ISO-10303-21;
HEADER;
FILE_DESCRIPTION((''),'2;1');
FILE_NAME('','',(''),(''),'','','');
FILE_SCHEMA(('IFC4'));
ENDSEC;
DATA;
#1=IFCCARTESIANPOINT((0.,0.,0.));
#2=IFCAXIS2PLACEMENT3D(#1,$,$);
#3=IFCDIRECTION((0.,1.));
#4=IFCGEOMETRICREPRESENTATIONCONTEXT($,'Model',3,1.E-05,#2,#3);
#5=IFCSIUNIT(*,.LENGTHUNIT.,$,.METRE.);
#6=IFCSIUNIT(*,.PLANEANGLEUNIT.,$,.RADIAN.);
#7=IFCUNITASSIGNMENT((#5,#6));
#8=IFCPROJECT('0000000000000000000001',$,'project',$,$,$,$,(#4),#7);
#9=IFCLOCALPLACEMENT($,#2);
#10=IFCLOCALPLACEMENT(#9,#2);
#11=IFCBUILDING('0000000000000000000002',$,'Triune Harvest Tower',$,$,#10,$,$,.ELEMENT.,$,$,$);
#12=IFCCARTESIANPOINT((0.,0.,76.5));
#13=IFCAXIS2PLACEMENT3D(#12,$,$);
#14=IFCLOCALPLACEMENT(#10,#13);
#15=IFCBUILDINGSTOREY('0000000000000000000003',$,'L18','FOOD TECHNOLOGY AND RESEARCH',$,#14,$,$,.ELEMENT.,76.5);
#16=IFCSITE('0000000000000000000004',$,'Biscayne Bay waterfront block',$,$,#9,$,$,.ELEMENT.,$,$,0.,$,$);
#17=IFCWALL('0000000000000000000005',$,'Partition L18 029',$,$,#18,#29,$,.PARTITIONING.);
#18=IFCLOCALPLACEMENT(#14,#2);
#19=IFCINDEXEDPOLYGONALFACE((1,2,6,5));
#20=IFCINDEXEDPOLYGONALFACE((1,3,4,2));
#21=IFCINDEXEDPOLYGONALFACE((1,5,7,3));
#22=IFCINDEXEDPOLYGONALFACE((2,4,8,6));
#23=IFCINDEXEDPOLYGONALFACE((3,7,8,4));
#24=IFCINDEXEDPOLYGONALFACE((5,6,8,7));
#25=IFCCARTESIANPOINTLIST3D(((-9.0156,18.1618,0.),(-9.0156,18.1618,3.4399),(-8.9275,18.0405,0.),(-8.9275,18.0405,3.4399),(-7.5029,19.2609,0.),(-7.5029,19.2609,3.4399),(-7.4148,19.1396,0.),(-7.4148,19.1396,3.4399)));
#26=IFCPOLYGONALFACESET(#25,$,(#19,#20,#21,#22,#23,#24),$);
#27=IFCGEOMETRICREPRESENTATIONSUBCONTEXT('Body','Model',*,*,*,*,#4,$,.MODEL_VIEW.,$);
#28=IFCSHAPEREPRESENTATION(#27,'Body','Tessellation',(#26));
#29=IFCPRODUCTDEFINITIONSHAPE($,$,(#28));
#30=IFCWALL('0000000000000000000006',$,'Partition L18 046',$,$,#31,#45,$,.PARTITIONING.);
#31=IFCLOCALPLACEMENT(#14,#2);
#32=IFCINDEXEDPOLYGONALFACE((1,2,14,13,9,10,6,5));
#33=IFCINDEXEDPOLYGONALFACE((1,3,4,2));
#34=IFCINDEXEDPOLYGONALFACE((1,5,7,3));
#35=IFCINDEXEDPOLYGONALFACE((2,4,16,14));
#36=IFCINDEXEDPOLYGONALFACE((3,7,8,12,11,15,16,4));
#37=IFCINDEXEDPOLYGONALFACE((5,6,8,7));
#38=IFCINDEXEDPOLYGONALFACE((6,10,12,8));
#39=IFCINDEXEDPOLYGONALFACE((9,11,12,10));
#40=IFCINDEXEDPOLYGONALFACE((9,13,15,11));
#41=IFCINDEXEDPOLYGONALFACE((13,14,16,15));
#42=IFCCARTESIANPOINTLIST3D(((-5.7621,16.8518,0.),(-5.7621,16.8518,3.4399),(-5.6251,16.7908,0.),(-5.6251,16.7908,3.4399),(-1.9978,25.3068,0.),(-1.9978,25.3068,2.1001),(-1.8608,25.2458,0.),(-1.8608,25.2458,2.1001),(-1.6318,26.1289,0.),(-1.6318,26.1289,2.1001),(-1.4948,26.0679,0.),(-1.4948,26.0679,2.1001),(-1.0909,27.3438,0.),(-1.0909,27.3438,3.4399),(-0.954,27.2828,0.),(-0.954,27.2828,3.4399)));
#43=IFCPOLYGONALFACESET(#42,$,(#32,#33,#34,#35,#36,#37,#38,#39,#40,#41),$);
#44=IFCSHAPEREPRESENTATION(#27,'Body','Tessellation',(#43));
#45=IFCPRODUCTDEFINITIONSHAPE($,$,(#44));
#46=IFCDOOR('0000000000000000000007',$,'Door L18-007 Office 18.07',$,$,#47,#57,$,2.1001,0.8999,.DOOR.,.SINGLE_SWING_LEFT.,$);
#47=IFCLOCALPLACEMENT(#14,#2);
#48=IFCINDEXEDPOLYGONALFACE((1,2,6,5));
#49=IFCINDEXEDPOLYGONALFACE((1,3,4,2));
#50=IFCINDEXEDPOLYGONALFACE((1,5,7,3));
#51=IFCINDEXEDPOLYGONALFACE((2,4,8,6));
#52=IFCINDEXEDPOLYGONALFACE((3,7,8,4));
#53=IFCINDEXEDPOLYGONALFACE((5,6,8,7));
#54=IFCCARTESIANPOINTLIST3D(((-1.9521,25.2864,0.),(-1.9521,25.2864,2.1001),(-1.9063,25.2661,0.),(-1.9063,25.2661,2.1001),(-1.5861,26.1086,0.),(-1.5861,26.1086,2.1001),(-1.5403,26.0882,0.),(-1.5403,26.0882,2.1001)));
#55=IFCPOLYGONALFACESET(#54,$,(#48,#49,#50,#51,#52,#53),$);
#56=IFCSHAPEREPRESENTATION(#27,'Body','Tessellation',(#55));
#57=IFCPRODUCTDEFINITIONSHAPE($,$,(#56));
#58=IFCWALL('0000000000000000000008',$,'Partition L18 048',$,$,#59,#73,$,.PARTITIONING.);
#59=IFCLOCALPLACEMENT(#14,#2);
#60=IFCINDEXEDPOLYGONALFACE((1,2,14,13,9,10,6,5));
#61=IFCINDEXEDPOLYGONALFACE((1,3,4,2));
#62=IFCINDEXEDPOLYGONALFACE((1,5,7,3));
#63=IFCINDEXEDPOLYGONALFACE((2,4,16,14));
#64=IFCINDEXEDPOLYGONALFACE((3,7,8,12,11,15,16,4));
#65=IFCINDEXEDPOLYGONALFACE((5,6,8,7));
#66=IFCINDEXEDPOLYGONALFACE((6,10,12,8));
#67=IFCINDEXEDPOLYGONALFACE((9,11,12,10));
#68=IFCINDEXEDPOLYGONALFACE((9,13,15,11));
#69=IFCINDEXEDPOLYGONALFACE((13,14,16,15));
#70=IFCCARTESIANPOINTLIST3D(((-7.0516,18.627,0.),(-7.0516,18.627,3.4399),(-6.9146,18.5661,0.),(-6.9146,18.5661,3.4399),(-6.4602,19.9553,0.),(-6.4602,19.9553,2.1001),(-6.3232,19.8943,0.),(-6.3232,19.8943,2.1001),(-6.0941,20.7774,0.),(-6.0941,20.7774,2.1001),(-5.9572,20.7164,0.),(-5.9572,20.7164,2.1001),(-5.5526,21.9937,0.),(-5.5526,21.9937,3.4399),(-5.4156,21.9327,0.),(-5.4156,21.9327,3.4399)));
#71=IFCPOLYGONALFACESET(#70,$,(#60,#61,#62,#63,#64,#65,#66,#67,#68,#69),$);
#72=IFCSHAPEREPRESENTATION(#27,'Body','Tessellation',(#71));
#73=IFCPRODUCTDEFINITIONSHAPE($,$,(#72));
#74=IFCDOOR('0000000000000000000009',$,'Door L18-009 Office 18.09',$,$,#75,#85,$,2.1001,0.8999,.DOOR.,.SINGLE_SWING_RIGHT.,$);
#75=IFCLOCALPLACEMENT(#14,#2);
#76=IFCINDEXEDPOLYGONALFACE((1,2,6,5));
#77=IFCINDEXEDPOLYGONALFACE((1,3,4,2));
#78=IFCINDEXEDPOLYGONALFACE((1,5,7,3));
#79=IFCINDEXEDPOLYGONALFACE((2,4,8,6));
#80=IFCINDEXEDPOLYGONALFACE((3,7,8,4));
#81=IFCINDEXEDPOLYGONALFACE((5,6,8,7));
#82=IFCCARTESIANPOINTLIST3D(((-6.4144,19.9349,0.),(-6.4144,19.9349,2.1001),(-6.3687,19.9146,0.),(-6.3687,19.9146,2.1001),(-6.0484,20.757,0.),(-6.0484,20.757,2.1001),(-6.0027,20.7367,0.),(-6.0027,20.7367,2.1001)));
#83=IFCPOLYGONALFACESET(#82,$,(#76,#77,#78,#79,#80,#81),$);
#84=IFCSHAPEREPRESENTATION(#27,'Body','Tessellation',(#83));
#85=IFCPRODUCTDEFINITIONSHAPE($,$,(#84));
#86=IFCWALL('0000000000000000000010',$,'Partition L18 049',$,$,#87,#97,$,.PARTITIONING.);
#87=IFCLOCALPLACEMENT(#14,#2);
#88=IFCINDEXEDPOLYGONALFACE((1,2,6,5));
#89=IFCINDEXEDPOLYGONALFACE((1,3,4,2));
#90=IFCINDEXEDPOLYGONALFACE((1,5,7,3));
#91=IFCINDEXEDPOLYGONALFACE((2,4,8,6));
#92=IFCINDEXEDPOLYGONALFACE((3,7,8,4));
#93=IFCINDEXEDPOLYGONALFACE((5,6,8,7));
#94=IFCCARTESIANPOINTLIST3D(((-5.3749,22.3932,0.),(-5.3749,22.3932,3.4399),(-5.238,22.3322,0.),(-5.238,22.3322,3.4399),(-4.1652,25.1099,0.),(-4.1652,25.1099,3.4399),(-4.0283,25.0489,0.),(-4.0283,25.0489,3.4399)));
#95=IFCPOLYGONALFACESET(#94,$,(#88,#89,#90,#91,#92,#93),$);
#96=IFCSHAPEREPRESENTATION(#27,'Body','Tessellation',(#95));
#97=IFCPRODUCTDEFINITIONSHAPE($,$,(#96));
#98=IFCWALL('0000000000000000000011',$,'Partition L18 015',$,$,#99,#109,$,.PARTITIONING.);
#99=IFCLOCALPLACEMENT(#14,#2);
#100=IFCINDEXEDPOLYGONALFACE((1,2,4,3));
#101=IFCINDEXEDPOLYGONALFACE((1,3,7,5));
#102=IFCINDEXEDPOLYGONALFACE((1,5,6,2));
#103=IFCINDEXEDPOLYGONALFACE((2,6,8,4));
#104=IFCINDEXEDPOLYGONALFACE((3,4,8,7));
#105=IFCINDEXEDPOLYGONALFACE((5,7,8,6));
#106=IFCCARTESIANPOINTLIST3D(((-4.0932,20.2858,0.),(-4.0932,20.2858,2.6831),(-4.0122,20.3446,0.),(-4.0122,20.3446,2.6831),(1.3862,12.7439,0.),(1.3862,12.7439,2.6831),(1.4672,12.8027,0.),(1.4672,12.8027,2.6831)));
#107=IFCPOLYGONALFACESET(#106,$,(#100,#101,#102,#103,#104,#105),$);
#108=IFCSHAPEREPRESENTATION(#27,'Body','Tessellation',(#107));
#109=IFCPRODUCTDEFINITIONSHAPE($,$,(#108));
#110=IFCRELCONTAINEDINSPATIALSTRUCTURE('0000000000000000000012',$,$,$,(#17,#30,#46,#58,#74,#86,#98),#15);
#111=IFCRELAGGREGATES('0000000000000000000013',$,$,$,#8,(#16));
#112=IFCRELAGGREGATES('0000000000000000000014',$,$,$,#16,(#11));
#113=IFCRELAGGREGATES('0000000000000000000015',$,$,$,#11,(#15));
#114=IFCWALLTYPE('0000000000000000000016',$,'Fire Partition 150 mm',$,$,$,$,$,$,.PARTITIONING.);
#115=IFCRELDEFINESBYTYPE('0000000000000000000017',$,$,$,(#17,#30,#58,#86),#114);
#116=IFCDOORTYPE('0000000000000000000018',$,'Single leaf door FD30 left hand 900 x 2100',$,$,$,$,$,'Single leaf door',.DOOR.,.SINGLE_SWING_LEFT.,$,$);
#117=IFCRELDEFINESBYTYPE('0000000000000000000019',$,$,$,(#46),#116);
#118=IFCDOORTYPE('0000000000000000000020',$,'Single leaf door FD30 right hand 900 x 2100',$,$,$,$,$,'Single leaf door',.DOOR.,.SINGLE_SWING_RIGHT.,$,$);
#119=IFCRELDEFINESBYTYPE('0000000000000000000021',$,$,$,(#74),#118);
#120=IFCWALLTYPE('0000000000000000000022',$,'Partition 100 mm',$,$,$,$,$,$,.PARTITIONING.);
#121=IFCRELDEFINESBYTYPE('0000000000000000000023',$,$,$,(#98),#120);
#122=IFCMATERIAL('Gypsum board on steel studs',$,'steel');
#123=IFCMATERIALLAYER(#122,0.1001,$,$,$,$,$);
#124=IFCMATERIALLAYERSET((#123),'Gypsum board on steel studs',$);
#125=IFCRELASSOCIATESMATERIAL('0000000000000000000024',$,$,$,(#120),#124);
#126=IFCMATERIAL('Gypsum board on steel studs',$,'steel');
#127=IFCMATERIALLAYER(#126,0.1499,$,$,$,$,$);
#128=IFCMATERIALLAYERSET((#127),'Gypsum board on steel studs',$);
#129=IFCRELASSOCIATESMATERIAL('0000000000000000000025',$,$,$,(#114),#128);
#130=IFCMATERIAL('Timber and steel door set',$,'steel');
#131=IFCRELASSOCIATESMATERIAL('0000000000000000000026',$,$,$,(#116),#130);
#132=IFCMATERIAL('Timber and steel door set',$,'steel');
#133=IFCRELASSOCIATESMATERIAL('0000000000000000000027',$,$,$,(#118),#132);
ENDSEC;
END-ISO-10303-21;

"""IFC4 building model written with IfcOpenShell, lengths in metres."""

from ifc_helpers import new_model, si_unit, direction, frame, frame_2d, origin, place, context, subcontext, project, spatial, rectangle, extrude, source, transform, mapped, material, layer, layer_set, type_object, element, fill, save


model = new_model("IFC4")

# Units and contexts
model_context = context("Model", 3, precision=1e-05, world=origin(), true_north=direction((0.0, 1.0)))
body_context = subcontext(model_context, "Body", "Model", "MODEL_VIEW")
ifc_project = project(units=[si_unit("LENGTHUNIT", "METRE"), si_unit("PLANEANGLEUNIT", "RADIAN")], contexts=[model_context])

# Site, building, storey
site_placement = place(None, origin())
site = spatial("IfcSite", under=ifc_project, at=site_placement, Name="Biscayne Bay waterfront block", CompositionType="ELEMENT", RefElevation=0.0)
building_placement = place(site_placement, origin())
building = spatial("IfcBuilding", under=site, at=building_placement, Name="Triune Harvest Tower", CompositionType="ELEMENT")
storey_placement = place(building_placement, frame((0.0, 0.0, 76.5)))
storey = spatial("IfcBuildingStorey", under=building, at=storey_placement, Name="L18", Description="FOOD TECHNOLOGY AND RESEARCH", CompositionType="ELEMENT", Elevation=76.5)

# Shared definitions
ifc_material_1 = material(Name="Gypsum board on steel studs", Category="steel")
ifc_layer_1 = layer(ifc_material_1, 0.1001)
ifc_layer_set_1 = layer_set([ifc_layer_1], Name="Gypsum board on steel studs")
wall_type_1 = type_object("IfcWallType", Name="Partition 100 mm", PredefinedType="PARTITIONING", material=ifc_layer_set_1)
ifc_material_2 = material(Name="Gypsum board on steel studs", Category="steel")
ifc_layer_2 = layer(ifc_material_2, 0.1499)
ifc_layer_set_2 = layer_set([ifc_layer_2], Name="Gypsum board on steel studs")
wall_type_2 = type_object("IfcWallType", Name="Fire Partition 150 mm", PredefinedType="PARTITIONING", material=ifc_layer_set_2)

# Shared definitions
ifc_material_3 = material(Name="Timber and steel door set", Category="steel")
door_type_1 = type_object("IfcDoorType", Name="Single leaf door FD30 left hand 900 x 2100", ElementType="Single leaf door", OperationType="SINGLE_SWING_LEFT", PredefinedType="DOOR", material=ifc_material_3)
ifc_material_4 = material(Name="Timber and steel door set", Category="steel")
door_type_2 = type_object("IfcDoorType", Name="Single leaf door FD30 right hand 900 x 2100", ElementType="Single leaf door", OperationType="SINGLE_SWING_RIGHT", PredefinedType="DOOR", material=ifc_material_4)

# Wall
shared_shape_1 = source(origin(), body_context, "Body", "SweptSolid", [
    extrude(rectangle(XDim=1.8699, YDim=0.1499, at=frame_2d((0.9351, 0.0))), origin(), (0.0, 0.0, 1.0), 3.4399),
])
wall_1_placement = place(storey_placement, frame((-8.9717, 18.1011, 0.0), z_axis=(0.0, 0.0, 1.0), x_axis=(0.808996, 0.587815, 0.0)))
element("IfcWall", 1, at=wall_1_placement, inside=storey, type_object=wall_type_2, Name="Partition L18 029", PredefinedType="PARTITIONING", context=body_context, shape_type="MappedRepresentation", body=[
    mapped(shared_shape_1, transform((0.0, 0.0, 0.0), scale=1.0)),
])

# Walls, openings, doors
shared_shape_2 = source(origin(), body_context, "Body", "SweptSolid", [
    extrude(rectangle(XDim=11.4849, YDim=0.1499, at=frame_2d((5.7424, 0.0))), origin(), (0.0, 0.0, 1.0), 3.4399),
])
wall_2_placement = place(storey_placement, frame((-5.6936, 16.8213, 0.0), z_axis=(0.0, 0.0, 1.0), x_axis=(0.406724, 0.913551, 0.0)))
wall_2 = element("IfcWall", 2, at=wall_2_placement, inside=storey, type_object=wall_type_2, Name="Partition L18 046", PredefinedType="PARTITIONING", context=body_context, shape_type="MappedRepresentation", body=[
    mapped(shared_shape_2, transform((0.0, 0.0, 0.0), scale=1.0)),
])
opening_1_placement = place(wall_2_placement, frame((9.2551, 0.0, 0.0)))
opening_1 = element("IfcOpeningElement", 3, at=opening_1_placement, cuts=wall_2, PredefinedType="OPENING", context=body_context, shape_type="SweptSolid", body=[
    extrude(rectangle(XDim=0.8999, YDim=2.1001, at=frame_2d((0.45, 1.05))), frame((0.0, 0.085, 0.0), z_axis=(0.0, -1.0, 0.0), x_axis=(1.0, 0.0, 0.0)), (0.0, 0.0, 1.0), 0.1699),
])
door_1_placement = place(opening_1_placement, origin())
door_1 = element("IfcDoor", 4, at=door_1_placement, inside=storey, type_object=door_type_1, Name="Door L18-007 Office 18.07", OperationType="SINGLE_SWING_LEFT", OverallHeight=2.1001, OverallWidth=0.8999, PredefinedType="DOOR", context=body_context, shape_type="SweptSolid", body=[
    extrude(rectangle(XDim=0.8999, YDim=2.1001, at=frame_2d((0.45, 1.05))), frame((0.0, 0.0249, 0.0), z_axis=(0.0, -1.0, 0.0), x_axis=(1.0, 0.0, 0.0)), (0.0, 0.0, 1.0), 0.05),
])
fill(opening_1, door_1)
shared_shape_3 = source(origin(), body_context, "Body", "SweptSolid", [
    extrude(rectangle(XDim=3.6853, YDim=0.1499, at=frame_2d((1.8428, 0.0))), origin(), (0.0, 0.0, 1.0), 3.4399),
])
wall_3_placement = place(storey_placement, frame((-6.9832, 18.5964, 0.0), z_axis=(0.0, 0.0, 1.0), x_axis=(0.406753, 0.913538, 0.0)))
wall_3 = element("IfcWall", 5, at=wall_3_placement, inside=storey, type_object=wall_type_2, Name="Partition L18 048", PredefinedType="PARTITIONING", context=body_context, shape_type="MappedRepresentation", body=[
    mapped(shared_shape_3, transform((0.0, 0.0, 0.0), scale=1.0)),
])
opening_2_placement = place(wall_3_placement, frame((1.4541, 0.0, 0.0)))
opening_2 = element("IfcOpeningElement", 6, at=opening_2_placement, cuts=wall_3, PredefinedType="OPENING", context=body_context, shape_type="SweptSolid", body=[
    extrude(rectangle(XDim=0.8999, YDim=2.1001, at=frame_2d((0.45, 1.05))), frame((0.0, 0.085, 0.0), z_axis=(0.0, -1.0, 0.0), x_axis=(1.0, 0.0, 0.0)), (0.0, 0.0, 1.0), 0.1699),
])
door_2_placement = place(opening_2_placement, origin())
door_2 = element("IfcDoor", 7, at=door_2_placement, inside=storey, type_object=door_type_2, Name="Door L18-009 Office 18.09", OperationType="SINGLE_SWING_RIGHT", OverallHeight=2.1001, OverallWidth=0.8999, PredefinedType="DOOR", context=body_context, shape_type="SweptSolid", body=[
    extrude(rectangle(XDim=0.8999, YDim=2.1001, at=frame_2d((0.45, 1.05))), frame((0.0, 0.0249, 0.0), z_axis=(0.0, -1.0, 0.0), x_axis=(1.0, 0.0, 0.0)), (0.0, 0.0, 1.0), 0.05),
])
fill(opening_2, door_2)

# Walls
shared_shape_4 = source(origin(), body_context, "Body", "SweptSolid", [
    extrude(rectangle(XDim=2.9739, YDim=0.1499, at=frame_2d((1.4868, 0.0))), origin(), (0.0, 0.0, 1.0), 3.4399),
])
wall_4_placement = place(storey_placement, frame((-5.3064, 22.3628, 0.0), z_axis=(0.0, 0.0, 1.0), x_axis=(0.406771, 0.91353, 0.0)))
element("IfcWall", 8, at=wall_4_placement, inside=storey, type_object=wall_type_2, Name="Partition L18 049", PredefinedType="PARTITIONING", context=body_context, shape_type="MappedRepresentation", body=[
    mapped(shared_shape_4, transform((0.0, 0.0, 0.0), scale=1.0)),
])
shared_shape_5 = source(origin(), body_context, "Body", "SweptSolid", [
    extrude(rectangle(XDim=9.3223, YDim=0.1001, at=frame_2d((4.6611, 0.0))), origin(), (0.0, 0.0, 1.0), 2.6831),
])
wall_5_placement = place(storey_placement, frame((-4.0527, 20.3152, 0.0), z_axis=(0.0, 0.0, 1.0), x_axis=(0.587779, -0.809021, 0.0)))
element("IfcWall", 9, at=wall_5_placement, inside=storey, type_object=wall_type_1, Name="Partition L18 015", PredefinedType="PARTITIONING", context=body_context, shape_type="MappedRepresentation", body=[
    mapped(shared_shape_5, transform((0.0, 0.0, 0.0), scale=1.0)),
])

save(model, "model.ifc")
